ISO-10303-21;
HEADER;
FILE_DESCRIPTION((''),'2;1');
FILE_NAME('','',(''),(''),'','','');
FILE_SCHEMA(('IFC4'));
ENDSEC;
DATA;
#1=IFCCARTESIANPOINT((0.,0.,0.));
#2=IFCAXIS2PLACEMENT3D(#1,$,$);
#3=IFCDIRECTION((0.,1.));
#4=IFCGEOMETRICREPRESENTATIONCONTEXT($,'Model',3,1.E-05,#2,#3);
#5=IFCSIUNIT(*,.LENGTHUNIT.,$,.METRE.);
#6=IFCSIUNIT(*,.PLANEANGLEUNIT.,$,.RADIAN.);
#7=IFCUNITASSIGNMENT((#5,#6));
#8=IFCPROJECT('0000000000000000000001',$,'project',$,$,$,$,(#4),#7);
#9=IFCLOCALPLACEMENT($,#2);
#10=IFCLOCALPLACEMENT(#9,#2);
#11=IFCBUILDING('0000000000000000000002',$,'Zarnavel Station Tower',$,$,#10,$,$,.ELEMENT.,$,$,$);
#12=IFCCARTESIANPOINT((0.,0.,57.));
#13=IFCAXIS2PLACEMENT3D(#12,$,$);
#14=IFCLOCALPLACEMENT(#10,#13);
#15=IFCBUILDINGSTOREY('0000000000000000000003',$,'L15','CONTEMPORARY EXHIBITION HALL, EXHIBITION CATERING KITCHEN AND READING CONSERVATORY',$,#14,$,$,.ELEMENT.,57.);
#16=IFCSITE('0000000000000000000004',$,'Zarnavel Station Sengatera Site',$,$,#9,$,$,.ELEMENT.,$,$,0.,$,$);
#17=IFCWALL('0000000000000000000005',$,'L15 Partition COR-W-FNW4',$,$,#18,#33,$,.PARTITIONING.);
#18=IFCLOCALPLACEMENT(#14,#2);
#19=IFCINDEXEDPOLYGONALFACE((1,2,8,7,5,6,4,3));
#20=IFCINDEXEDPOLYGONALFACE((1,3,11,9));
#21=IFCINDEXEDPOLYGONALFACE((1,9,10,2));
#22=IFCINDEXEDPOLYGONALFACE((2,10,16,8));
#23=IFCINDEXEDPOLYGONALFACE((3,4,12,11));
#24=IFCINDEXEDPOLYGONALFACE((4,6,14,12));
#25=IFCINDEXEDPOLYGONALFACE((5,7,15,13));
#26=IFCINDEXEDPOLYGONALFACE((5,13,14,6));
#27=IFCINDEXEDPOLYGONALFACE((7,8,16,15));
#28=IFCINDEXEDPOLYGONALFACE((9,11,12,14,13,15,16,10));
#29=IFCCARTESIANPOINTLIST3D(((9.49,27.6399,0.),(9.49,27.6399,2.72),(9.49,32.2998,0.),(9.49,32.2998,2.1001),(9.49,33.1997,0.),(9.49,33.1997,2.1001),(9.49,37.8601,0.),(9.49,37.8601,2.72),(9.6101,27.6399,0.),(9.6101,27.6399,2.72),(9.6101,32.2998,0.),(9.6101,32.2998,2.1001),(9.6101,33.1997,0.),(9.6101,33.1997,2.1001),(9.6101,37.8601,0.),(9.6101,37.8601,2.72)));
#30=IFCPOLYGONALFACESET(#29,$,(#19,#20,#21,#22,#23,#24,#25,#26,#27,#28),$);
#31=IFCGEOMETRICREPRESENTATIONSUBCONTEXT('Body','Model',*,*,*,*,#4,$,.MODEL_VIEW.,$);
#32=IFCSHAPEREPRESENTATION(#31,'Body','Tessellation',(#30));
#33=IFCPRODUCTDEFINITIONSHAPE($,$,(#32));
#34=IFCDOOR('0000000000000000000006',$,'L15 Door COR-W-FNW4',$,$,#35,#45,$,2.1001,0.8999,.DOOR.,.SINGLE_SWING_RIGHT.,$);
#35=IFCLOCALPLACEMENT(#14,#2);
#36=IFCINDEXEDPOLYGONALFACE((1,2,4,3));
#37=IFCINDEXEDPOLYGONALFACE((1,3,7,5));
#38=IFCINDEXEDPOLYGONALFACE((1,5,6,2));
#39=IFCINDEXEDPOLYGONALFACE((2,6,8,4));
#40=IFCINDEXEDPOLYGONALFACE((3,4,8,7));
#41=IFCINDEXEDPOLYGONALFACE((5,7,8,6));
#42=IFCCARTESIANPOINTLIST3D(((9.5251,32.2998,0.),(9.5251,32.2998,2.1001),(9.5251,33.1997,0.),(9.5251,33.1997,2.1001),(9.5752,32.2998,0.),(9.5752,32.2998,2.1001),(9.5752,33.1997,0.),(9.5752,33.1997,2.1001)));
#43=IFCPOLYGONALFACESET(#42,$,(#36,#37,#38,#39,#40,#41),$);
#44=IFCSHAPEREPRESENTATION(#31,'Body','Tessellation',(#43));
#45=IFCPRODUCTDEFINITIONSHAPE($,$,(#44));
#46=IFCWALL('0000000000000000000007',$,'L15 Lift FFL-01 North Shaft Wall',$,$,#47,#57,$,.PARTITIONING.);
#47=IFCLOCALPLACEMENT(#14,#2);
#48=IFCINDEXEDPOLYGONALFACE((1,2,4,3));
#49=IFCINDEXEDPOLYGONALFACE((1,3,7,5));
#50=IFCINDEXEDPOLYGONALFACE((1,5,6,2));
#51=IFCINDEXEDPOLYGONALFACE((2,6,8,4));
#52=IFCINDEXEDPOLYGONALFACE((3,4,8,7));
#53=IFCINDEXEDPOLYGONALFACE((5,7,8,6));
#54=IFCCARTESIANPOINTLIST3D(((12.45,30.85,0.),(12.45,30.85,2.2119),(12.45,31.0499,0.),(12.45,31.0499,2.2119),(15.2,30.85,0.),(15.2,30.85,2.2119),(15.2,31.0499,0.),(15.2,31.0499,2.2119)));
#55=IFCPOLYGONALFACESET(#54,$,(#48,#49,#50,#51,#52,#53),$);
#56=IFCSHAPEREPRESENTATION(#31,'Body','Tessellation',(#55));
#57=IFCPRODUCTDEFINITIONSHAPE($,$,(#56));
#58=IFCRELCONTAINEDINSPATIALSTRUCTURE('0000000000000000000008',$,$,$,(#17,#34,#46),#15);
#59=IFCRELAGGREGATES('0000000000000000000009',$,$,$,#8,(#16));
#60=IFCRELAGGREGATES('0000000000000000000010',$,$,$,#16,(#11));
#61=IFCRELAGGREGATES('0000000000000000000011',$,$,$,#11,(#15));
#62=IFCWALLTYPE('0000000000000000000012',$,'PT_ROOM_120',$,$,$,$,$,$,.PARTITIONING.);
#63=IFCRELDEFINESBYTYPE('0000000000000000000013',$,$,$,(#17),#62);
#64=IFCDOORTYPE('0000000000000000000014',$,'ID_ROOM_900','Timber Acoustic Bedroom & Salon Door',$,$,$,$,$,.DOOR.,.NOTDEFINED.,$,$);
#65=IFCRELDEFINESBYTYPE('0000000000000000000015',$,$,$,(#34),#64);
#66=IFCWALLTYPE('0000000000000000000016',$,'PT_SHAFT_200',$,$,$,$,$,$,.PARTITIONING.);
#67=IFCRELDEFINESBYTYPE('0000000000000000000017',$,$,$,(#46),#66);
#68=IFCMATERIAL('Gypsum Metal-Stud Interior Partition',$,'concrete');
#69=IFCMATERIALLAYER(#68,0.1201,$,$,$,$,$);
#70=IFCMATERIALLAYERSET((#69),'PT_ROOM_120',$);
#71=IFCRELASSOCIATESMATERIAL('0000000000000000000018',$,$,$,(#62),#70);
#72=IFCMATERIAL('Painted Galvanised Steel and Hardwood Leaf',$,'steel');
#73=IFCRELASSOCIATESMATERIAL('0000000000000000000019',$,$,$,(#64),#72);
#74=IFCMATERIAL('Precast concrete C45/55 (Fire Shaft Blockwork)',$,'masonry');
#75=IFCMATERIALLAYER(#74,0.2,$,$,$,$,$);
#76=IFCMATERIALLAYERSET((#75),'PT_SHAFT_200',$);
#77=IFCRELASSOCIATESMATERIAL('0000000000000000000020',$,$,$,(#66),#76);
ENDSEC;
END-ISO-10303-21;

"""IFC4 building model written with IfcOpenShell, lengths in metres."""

from ifc_helpers import new_model, si_unit, direction, frame, frame_2d, origin, place, context, subcontext, project, spatial, rectangle, extrude, material, layer, layer_set, type_object, element, fill, save


model = new_model("IFC4")

# Units and contexts
model_context = context("Model", 3, precision=1e-05, world=origin(), true_north=direction((0.0, 1.0)))
body_context = subcontext(model_context, "Body", "Model", "MODEL_VIEW")
ifc_project = project(units=[si_unit("LENGTHUNIT", "METRE"), si_unit("PLANEANGLEUNIT", "RADIAN")], contexts=[model_context])

# Site, building, storey
site_placement = place(None, origin())
site = spatial("IfcSite", under=ifc_project, at=site_placement, Name="Zarnavel Station Sengatera Site", CompositionType="ELEMENT", RefElevation=0.0)
building_placement = place(site_placement, origin())
building = spatial("IfcBuilding", under=site, at=building_placement, Name="Zarnavel Station Tower", CompositionType="ELEMENT")
storey_placement = place(building_placement, frame((0.0, 0.0, 57.0)))
storey = spatial("IfcBuildingStorey", under=building, at=storey_placement, Name="L15", Description="CONTEMPORARY EXHIBITION HALL, EXHIBITION CATERING KITCHEN AND READING CONSERVATORY", CompositionType="ELEMENT", Elevation=57.0)

# Wall, opening, door
ifc_material_1 = material(Name="Gypsum Metal-Stud Interior Partition", Category="concrete")
ifc_layer_1 = layer(ifc_material_1, 0.1201)
ifc_layer_set_1 = layer_set([ifc_layer_1], Name="PT_ROOM_120")
wall_type_1 = type_object("IfcWallType", Name="PT_ROOM_120", PredefinedType="PARTITIONING", material=ifc_layer_set_1)
ifc_material_2 = material(Name="Painted Galvanised Steel and Hardwood Leaf", Category="steel")
door_type = type_object("IfcDoorType", Name="ID_ROOM_900", Description="Timber Acoustic Bedroom & Salon Door", OperationType="NOTDEFINED", PredefinedType="DOOR", material=ifc_material_2)
wall_1_placement = place(storey_placement, frame((9.55, 27.6399, 0.0), z_axis=(0.0, 0.0, 1.0), x_axis=(0.0, 1.0, 0.0)))
wall_1 = element("IfcWall", 1, at=wall_1_placement, inside=storey, type_object=wall_type_1, Name="L15 Partition COR-W-FNW4", PredefinedType="PARTITIONING", context=body_context, shape_type="SweptSolid", body=[
    extrude(rectangle(XDim=10.2202, YDim=0.1201, at=frame_2d((5.1101, 0.0))), origin(), (0.0, 0.0, 1.0), 2.72),
])
opening_1_placement = place(wall_1_placement, frame((4.6599, 0.0, 0.0)))
opening_1 = element("IfcOpeningElement", 2, at=opening_1_placement, cuts=wall_1, PredefinedType="OPENING", context=body_context, shape_type="SweptSolid", body=[
    extrude(rectangle(XDim=0.8999, YDim=2.1001, at=frame_2d((0.45, 1.05))), frame((0.0, 0.0701, 0.0), z_axis=(0.0, -1.0, 0.0), x_axis=(1.0, 0.0, 0.0)), (0.0, 0.0, 1.0), 0.1401),
])
door_1_placement = place(opening_1_placement, origin())
door_1 = element("IfcDoor", 3, at=door_1_placement, inside=storey, type_object=door_type, Name="L15 Door COR-W-FNW4", OperationType="SINGLE_SWING_RIGHT", OverallHeight=2.1001, OverallWidth=0.8999, PredefinedType="DOOR", context=body_context, shape_type="SweptSolid", body=[
    extrude(rectangle(XDim=0.8999, YDim=2.1001, at=frame_2d((0.45, 1.05))), frame((0.0, 0.0249, 0.0), z_axis=(0.0, -1.0, 0.0), x_axis=(1.0, 0.0, 0.0)), (0.0, 0.0, 1.0), 0.05),
])
fill(opening_1, door_1)

# Wall
ifc_material_3 = material(Name="Precast concrete C45/55 (Fire Shaft Blockwork)", Category="masonry")
ifc_layer_2 = layer(ifc_material_3, 0.2)
ifc_layer_set_2 = layer_set([ifc_layer_2], Name="PT_SHAFT_200")
wall_type_2 = type_object("IfcWallType", Name="PT_SHAFT_200", PredefinedType="PARTITIONING", material=ifc_layer_set_2)
wall_2_placement = place(storey_placement, frame((12.45, 30.95, 0.0), z_axis=(0.0, 0.0, 1.0), x_axis=(1.0, 0.0, 0.0)))
element("IfcWall", 4, at=wall_2_placement, inside=storey, type_object=wall_type_2, Name="L15 Lift FFL-01 North Shaft Wall", PredefinedType="PARTITIONING", context=body_context, shape_type="SweptSolid", body=[
    extrude(rectangle(XDim=2.75, YDim=0.2, at=frame_2d((1.375, 0.0))), origin(), (0.0, 0.0, 1.0), 2.2119),
])

save(model, "model.ifc")
